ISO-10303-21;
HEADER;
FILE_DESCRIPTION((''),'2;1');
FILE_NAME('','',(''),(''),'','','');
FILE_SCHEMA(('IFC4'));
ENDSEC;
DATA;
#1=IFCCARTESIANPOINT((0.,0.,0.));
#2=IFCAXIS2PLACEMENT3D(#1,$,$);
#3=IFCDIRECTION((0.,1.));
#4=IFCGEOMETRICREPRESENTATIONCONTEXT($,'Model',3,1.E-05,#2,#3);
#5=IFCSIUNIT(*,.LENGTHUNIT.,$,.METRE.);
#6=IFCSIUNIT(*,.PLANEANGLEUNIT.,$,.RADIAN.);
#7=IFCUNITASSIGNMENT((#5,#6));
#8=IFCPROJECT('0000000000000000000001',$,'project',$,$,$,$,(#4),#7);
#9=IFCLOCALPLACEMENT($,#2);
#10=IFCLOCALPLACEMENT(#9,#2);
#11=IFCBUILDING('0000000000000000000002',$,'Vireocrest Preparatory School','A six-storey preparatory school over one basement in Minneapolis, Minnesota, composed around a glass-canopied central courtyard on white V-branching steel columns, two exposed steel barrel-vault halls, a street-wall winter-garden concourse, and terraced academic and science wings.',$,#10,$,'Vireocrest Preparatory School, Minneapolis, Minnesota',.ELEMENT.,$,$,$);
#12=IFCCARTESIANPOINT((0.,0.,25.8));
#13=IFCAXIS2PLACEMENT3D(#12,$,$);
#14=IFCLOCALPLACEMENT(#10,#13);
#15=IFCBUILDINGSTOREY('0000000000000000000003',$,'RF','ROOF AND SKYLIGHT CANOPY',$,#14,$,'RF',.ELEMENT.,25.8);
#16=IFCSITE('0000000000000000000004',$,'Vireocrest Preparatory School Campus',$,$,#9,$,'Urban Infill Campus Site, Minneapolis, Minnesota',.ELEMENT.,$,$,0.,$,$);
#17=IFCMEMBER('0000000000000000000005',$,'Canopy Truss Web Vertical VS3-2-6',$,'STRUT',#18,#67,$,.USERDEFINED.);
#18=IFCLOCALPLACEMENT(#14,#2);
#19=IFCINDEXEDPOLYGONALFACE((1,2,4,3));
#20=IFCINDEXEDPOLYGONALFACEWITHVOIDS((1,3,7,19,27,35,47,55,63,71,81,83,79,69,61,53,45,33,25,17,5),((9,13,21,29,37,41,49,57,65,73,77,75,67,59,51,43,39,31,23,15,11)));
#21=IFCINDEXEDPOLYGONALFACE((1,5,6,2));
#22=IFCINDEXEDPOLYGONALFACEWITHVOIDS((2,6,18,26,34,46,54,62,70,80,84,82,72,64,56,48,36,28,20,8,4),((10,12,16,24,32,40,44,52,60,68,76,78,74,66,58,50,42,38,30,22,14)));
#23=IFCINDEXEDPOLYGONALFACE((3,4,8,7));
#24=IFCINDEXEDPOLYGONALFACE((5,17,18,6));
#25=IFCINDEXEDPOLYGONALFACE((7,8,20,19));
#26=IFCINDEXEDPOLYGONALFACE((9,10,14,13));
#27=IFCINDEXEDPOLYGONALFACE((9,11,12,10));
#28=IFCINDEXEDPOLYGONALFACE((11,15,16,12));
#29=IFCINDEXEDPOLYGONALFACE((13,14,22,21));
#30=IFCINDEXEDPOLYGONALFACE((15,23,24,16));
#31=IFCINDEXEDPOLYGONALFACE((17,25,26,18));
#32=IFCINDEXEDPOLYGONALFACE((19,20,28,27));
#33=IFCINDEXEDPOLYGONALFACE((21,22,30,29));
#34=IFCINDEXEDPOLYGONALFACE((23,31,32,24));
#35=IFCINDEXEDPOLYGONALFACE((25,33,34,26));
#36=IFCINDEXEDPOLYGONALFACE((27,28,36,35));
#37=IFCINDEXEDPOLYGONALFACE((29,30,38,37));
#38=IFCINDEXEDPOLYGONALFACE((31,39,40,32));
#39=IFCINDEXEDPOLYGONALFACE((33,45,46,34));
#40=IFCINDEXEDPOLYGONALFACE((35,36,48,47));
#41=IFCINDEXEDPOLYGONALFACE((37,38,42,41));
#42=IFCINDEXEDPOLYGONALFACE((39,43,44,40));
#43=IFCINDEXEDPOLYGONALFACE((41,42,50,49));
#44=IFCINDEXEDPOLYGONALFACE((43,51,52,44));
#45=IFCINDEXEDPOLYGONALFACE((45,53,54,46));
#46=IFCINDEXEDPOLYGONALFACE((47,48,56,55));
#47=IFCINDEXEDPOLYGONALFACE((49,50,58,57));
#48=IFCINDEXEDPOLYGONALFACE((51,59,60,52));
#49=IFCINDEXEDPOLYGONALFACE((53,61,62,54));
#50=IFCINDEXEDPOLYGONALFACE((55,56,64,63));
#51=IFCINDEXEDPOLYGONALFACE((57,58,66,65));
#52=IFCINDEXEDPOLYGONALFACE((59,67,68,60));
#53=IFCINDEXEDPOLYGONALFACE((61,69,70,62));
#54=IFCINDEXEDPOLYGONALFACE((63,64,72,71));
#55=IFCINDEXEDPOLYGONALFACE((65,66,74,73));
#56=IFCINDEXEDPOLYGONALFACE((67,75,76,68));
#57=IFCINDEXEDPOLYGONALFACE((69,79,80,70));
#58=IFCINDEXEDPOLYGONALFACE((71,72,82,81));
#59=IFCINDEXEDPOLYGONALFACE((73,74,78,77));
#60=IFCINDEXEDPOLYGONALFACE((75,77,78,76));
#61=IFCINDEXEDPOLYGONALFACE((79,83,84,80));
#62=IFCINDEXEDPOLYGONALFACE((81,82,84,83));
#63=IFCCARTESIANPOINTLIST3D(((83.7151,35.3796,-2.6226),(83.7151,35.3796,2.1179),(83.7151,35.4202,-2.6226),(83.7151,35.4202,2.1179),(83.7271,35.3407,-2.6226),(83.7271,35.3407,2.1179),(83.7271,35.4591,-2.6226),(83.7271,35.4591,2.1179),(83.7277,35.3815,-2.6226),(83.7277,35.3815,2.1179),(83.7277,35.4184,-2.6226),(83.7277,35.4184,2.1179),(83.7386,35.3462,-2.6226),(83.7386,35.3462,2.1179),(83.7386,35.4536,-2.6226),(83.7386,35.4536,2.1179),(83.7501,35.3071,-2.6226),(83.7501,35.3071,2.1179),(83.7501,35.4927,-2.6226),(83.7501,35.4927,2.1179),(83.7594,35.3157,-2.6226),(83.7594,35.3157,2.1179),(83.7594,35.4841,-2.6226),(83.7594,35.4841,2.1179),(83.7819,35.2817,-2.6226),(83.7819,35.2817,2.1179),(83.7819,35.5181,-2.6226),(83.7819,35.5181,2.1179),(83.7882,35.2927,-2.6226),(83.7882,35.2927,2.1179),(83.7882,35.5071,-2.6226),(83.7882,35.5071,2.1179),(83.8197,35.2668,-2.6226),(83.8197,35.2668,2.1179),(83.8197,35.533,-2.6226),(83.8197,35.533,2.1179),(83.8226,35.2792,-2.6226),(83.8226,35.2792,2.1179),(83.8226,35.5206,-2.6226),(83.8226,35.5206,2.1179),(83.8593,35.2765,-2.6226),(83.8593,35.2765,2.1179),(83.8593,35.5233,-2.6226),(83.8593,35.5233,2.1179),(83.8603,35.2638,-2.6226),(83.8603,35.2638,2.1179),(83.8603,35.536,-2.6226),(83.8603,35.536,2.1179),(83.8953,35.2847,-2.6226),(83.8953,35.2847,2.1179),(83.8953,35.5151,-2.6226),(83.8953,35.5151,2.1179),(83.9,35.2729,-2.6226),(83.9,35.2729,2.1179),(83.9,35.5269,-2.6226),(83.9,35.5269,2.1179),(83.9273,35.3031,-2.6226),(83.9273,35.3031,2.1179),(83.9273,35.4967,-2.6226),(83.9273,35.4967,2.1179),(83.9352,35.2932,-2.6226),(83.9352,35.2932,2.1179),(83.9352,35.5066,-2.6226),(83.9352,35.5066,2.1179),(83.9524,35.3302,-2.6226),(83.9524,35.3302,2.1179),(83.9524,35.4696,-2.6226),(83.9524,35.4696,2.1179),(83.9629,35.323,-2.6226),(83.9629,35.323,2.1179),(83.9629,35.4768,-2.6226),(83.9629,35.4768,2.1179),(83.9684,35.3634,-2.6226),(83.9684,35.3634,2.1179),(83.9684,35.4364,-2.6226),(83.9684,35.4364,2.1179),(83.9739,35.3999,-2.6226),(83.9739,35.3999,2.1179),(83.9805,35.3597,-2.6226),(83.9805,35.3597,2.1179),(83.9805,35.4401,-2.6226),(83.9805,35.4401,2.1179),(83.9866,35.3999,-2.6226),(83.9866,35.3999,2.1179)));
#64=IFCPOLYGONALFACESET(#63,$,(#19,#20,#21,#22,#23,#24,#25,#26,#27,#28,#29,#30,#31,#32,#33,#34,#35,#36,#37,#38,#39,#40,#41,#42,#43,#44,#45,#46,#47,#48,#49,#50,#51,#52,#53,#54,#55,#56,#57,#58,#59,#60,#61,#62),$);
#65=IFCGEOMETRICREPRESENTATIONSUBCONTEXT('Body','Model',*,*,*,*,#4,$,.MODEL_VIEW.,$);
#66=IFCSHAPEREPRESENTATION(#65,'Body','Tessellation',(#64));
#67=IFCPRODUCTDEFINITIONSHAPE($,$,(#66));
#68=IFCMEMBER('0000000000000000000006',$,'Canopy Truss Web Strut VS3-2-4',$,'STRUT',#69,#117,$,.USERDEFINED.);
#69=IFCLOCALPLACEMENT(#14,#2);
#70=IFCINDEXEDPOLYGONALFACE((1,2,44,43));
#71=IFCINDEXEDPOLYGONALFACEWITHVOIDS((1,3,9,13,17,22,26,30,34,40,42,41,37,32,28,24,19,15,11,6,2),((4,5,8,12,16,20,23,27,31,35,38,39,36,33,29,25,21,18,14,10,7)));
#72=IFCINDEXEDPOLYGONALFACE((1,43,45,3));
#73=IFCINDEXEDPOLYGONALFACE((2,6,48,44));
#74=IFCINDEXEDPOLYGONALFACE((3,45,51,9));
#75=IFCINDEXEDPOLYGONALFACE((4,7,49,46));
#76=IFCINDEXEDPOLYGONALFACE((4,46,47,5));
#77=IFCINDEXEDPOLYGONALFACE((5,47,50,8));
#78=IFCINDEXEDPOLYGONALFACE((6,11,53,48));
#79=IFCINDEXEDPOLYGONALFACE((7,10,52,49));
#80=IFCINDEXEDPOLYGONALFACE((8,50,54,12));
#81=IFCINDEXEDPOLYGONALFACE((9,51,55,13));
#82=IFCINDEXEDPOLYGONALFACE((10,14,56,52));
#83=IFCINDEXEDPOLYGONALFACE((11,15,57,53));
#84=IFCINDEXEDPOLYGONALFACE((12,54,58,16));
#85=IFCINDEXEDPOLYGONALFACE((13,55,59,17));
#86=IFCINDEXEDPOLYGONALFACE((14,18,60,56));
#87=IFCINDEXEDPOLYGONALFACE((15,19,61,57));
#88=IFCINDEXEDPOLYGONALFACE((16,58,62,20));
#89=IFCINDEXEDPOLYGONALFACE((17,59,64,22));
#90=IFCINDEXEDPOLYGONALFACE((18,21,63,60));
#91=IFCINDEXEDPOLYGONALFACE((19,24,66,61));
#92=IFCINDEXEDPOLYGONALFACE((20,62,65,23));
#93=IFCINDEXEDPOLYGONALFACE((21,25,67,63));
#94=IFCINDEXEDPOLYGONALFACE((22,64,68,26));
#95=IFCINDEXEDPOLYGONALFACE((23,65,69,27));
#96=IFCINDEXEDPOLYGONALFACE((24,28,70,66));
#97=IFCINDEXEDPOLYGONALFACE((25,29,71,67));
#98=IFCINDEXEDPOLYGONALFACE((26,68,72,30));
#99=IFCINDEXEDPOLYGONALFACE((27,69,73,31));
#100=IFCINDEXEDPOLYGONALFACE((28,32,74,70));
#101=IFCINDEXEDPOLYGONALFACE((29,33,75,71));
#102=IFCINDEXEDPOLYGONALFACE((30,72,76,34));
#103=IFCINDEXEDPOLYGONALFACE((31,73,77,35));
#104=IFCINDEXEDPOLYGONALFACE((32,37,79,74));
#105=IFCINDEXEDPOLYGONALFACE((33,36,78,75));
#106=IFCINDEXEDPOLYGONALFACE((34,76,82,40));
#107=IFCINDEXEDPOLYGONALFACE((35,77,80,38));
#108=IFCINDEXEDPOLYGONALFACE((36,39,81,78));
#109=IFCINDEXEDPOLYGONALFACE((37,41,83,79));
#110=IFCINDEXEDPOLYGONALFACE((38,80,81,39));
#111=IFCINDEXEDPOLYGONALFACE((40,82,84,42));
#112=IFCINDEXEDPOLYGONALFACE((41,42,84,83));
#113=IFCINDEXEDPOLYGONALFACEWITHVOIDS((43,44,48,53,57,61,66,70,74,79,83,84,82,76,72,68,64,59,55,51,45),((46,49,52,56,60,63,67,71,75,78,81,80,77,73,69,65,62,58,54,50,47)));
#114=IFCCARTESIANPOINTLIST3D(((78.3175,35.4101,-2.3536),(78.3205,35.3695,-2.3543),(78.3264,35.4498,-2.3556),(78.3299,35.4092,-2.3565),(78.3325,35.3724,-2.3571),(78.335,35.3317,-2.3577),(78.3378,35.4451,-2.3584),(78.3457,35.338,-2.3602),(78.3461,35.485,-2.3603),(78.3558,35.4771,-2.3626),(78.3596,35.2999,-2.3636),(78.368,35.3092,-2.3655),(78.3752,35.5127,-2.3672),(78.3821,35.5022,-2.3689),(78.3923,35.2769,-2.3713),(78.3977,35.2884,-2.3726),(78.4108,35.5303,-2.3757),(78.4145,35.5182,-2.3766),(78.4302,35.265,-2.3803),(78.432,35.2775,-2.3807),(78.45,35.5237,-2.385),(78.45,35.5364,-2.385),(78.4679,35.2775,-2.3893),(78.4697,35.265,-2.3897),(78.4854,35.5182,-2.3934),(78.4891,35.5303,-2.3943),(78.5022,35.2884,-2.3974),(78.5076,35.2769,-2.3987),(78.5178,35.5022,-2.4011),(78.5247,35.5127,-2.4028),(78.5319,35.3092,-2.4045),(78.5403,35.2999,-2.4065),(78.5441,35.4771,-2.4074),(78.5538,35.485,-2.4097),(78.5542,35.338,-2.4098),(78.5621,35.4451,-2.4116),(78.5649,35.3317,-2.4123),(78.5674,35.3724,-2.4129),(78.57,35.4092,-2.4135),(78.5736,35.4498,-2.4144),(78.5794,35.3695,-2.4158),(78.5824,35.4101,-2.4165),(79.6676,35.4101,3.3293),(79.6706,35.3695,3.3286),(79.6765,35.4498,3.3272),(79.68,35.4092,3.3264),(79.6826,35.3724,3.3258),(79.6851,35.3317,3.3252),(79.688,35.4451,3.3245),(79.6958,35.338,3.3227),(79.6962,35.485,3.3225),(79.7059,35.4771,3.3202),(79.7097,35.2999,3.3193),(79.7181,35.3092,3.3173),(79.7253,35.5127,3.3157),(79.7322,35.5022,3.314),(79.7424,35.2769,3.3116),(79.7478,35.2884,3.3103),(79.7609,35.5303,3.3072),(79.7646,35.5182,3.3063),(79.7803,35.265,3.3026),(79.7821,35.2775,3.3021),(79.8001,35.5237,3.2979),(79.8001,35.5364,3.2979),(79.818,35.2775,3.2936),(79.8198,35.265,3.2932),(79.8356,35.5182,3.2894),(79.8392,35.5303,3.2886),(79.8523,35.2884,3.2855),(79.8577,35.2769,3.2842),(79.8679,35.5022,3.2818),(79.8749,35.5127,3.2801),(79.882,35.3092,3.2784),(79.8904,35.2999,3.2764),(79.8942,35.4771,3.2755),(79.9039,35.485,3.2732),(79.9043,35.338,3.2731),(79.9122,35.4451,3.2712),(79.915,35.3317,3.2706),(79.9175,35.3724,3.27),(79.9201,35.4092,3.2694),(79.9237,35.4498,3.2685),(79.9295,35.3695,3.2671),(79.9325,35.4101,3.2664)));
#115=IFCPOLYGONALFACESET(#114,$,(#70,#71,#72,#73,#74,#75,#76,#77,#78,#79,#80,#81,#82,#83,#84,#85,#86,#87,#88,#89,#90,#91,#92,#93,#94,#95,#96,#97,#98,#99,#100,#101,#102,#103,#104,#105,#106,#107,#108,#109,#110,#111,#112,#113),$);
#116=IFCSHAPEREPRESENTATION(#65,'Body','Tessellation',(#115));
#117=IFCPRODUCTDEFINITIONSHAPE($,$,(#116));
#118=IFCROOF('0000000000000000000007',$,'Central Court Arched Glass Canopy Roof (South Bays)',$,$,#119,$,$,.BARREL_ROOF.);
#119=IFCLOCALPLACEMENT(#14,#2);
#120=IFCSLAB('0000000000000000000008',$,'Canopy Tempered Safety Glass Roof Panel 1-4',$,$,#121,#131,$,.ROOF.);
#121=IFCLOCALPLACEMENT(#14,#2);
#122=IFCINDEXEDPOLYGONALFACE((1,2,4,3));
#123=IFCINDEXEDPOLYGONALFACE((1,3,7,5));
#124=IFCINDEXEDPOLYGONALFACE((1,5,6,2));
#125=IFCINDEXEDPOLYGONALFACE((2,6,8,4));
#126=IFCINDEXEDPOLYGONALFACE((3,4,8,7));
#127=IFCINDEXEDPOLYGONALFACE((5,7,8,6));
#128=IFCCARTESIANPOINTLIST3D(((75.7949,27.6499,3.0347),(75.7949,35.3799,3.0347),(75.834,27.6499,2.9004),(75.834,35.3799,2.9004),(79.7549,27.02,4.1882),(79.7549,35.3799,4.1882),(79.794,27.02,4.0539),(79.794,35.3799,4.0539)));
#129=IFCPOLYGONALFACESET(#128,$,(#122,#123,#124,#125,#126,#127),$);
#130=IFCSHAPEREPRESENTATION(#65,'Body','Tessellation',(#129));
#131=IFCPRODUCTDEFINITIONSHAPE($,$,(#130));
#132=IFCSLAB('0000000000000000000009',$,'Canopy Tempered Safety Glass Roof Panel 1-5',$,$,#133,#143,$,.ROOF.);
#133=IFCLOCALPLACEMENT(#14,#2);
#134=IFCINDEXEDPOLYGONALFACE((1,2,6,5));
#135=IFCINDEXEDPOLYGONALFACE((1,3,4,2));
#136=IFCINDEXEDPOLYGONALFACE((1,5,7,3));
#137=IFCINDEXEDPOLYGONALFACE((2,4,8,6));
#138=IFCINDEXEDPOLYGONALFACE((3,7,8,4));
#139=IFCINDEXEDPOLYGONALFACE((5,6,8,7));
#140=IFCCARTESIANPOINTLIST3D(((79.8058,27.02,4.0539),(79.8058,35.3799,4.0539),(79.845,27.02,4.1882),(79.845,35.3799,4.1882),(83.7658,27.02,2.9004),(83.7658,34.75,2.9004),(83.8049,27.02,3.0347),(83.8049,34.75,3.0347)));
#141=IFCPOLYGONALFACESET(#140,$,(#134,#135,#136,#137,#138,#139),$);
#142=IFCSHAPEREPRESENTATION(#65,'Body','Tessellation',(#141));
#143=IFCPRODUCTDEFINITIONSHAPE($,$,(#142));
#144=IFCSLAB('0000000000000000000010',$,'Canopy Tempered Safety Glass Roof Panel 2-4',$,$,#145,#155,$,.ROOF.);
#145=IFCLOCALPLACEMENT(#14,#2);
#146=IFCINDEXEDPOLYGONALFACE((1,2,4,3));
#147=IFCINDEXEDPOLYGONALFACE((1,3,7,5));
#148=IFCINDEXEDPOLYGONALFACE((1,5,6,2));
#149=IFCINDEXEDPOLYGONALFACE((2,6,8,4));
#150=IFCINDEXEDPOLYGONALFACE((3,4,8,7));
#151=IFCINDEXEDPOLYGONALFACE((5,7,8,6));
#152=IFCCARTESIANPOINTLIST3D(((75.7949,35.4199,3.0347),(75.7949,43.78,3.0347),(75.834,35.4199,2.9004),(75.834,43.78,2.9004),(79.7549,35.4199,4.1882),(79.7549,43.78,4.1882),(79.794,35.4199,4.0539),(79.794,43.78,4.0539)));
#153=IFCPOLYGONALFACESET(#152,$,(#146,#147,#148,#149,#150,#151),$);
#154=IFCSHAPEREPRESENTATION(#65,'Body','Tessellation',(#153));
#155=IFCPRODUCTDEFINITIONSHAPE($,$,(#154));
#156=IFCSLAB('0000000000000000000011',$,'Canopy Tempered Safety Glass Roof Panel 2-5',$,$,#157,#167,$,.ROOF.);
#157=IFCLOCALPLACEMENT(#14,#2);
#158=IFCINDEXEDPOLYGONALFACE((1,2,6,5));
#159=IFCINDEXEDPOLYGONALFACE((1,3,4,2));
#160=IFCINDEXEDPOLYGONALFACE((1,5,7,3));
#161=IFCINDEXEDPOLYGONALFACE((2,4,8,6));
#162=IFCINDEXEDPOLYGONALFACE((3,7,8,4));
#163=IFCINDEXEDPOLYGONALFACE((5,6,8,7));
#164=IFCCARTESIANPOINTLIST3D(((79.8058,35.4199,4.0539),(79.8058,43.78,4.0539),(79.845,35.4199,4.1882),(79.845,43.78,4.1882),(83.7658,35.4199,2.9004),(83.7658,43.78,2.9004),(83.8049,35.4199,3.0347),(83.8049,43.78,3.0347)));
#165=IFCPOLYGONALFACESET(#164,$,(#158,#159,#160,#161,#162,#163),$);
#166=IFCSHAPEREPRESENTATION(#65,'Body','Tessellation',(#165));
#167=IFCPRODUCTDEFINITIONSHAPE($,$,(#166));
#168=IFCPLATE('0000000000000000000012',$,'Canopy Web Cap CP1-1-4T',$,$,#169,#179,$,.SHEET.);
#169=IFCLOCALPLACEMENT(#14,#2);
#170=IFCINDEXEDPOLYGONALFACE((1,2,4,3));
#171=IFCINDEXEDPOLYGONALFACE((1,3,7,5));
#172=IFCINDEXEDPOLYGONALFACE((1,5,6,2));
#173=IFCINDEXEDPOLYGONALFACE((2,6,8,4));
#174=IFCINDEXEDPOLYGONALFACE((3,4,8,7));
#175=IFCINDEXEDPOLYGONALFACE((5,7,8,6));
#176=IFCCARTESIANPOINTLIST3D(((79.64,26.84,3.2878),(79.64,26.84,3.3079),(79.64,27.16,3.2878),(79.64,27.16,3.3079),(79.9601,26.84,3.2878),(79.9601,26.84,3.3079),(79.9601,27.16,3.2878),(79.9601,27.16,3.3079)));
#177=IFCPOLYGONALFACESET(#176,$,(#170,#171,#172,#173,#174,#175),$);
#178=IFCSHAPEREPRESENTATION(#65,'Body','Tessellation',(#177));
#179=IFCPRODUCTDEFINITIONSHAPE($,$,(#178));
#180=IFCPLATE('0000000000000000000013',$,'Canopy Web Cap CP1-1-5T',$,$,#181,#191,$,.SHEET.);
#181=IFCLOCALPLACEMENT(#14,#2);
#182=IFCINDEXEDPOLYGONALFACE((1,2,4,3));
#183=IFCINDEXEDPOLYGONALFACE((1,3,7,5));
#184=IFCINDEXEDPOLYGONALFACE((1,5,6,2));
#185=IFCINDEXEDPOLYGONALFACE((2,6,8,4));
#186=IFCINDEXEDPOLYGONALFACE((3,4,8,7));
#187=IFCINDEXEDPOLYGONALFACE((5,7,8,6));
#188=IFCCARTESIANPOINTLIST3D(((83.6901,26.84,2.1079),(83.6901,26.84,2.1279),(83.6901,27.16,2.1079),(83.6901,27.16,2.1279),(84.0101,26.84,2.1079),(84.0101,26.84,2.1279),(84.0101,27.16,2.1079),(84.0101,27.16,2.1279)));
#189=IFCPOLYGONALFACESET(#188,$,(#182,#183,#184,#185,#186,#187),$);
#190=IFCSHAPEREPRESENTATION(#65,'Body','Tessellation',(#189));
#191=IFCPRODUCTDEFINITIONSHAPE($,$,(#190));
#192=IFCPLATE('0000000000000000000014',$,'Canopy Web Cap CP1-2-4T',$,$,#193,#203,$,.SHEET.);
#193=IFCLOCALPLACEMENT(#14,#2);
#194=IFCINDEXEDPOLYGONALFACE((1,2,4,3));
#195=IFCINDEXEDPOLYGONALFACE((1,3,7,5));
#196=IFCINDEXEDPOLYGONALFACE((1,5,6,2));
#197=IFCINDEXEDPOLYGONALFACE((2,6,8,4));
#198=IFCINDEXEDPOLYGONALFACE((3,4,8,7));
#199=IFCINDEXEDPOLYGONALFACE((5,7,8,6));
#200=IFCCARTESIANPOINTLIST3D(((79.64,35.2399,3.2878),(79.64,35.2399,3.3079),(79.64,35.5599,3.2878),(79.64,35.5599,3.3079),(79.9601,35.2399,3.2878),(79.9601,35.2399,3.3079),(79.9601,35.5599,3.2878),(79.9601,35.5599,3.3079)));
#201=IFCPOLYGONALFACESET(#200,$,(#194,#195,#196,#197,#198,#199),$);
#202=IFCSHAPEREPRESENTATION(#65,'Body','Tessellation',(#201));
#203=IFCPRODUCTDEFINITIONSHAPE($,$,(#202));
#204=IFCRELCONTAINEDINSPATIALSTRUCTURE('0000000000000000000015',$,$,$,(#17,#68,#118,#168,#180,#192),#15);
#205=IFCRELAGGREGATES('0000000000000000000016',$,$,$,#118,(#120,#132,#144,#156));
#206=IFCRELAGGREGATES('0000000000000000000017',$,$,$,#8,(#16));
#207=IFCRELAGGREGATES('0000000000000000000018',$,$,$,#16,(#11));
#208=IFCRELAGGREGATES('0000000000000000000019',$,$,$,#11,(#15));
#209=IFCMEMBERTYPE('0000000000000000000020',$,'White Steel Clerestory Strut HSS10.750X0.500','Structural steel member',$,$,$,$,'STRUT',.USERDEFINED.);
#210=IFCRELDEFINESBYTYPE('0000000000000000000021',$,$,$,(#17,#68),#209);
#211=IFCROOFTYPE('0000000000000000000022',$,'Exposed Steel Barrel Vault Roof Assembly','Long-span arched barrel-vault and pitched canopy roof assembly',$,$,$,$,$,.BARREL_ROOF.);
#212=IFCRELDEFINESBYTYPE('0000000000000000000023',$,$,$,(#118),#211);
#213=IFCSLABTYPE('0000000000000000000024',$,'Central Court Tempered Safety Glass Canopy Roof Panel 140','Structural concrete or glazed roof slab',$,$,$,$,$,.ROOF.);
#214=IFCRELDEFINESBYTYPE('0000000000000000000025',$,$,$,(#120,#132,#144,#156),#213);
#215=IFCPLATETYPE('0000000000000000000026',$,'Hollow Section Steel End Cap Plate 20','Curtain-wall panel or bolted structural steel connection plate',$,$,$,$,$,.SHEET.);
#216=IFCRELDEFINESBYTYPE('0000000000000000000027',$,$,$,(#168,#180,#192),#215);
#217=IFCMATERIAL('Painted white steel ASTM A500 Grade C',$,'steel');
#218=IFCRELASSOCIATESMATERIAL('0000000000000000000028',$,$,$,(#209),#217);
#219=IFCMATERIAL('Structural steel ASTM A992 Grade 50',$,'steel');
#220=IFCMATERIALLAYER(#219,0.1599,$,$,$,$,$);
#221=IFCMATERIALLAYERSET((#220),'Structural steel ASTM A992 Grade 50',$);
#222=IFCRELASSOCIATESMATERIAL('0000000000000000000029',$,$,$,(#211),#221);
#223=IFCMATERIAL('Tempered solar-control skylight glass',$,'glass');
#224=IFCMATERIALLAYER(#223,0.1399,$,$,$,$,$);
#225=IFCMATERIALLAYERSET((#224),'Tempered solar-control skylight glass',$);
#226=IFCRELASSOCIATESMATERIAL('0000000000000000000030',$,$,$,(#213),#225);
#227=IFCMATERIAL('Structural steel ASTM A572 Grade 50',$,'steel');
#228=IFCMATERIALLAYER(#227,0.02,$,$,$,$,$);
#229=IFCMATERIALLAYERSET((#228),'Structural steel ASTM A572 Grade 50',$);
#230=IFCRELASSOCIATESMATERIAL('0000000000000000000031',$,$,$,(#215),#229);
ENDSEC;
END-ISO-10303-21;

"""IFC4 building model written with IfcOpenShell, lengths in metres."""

from ifc_helpers import new_model, si_unit, direction, frame, origin, origin_2d, place, context, subcontext, project, spatial, polyline, rectangle, hollow_circle, outline, extrude, material, layer, layer_set, material_profile, profile_set, type_object, element, aggregate, save


model = new_model("IFC4")

# Units and contexts
model_context = context("Model", 3, precision=1e-05, world=origin(), true_north=direction((0.0, 1.0)))
body_context = subcontext(model_context, "Body", "Model", "MODEL_VIEW")
ifc_project = project(units=[si_unit("LENGTHUNIT", "METRE"), si_unit("PLANEANGLEUNIT", "RADIAN")], contexts=[model_context])

# Site, building, storey
site_placement = place(None, origin())
site = spatial("IfcSite", under=ifc_project, at=site_placement, Name="Vireocrest Preparatory School Campus", LongName="Urban Infill Campus Site, Minneapolis, Minnesota", CompositionType="ELEMENT", RefElevation=0.0)
building_placement = place(site_placement, origin())
building = spatial("IfcBuilding", under=site, at=building_placement, Name="Vireocrest Preparatory School", Description="A six-storey preparatory school over one basement in Minneapolis, Minnesota, composed around a glass-canopied central courtyard on white V-branching steel columns, two exposed steel barrel-vault halls, a street-wall winter-garden concourse, and terraced academic and science wings.", LongName="Vireocrest Preparatory School, Minneapolis, Minnesota", CompositionType="ELEMENT")
storey_placement = place(building_placement, frame((0.0, 0.0, 25.8)))
storey = spatial("IfcBuildingStorey", under=building, at=storey_placement, Name="RF", Description="ROOF AND SKYLIGHT CANOPY", LongName="RF", CompositionType="ELEMENT", Elevation=25.8)

# Shared definitions
ifc_material_1 = material(Name="Painted white steel ASTM A500 Grade C", Category="steel")
ifc_material_2 = material(Name="Structural steel ASTM A992 Grade 50", Category="steel")

# Members
ifc_material_profile_1 = material_profile(ifc_material_1, hollow_circle(Radius=0.1365, WallThickness=0.0127, at=origin_2d()), Name="HSS10.750X0.500")
ifc_profile_set_1 = profile_set([ifc_material_profile_1], Name="Painted white steel ASTM A500 Grade C")
member_type_1 = type_object("IfcMemberType", Name="White Steel Clerestory Strut HSS10.750X0.500", Description="Structural steel member", ElementType="STRUT", PredefinedType="USERDEFINED", material=ifc_profile_set_1)
member_1_placement = place(storey_placement, frame((83.8501, 35.3999, -2.6226), z_axis=(0.0, 0.0, 1.0), x_axis=(1.0, 0.0, 0.0)))
element("IfcMember", 1, at=member_1_placement, inside=storey, type_object=member_type_1, Name="Canopy Truss Web Vertical VS3-2-6", ObjectType="STRUT", PredefinedType="USERDEFINED", context=body_context, shape_type="SweptSolid", body=[
    extrude(hollow_circle(Radius=0.1365, WallThickness=0.0127, at=origin_2d()), origin(), (0.0, 0.0, 1.0), 4.7405),
])
member_2_placement = place(storey_placement, frame((78.45, 35.3999, -2.385), z_axis=(0.23114, 0.0, 0.97292), x_axis=(0.0, 1.0, 0.0)))
element("IfcMember", 2, at=member_2_placement, inside=storey, type_object=member_type_1, Name="Canopy Truss Web Strut VS3-2-4", ObjectType="STRUT", PredefinedType="USERDEFINED", context=body_context, shape_type="SweptSolid", body=[
    extrude(hollow_circle(Radius=0.1365, WallThickness=0.0127, at=origin_2d()), origin(), (0.0, 0.0, 1.0), 5.8411),
])

# Roof, slabs
ifc_layer_1 = layer(ifc_material_2, 0.1599)
ifc_layer_set_1 = layer_set([ifc_layer_1], Name="Structural steel ASTM A992 Grade 50")
roof_type = type_object("IfcRoofType", Name="Exposed Steel Barrel Vault Roof Assembly", Description="Long-span arched barrel-vault and pitched canopy roof assembly", PredefinedType="BARREL_ROOF", material=ifc_layer_set_1)
roof_placement = place(storey_placement, origin())
roof = element("IfcRoof", 3, at=roof_placement, inside=storey, type_object=roof_type, Name="Central Court Arched Glass Canopy Roof (South Bays)", PredefinedType="BARREL_ROOF")
ifc_material_3 = material(Name="Tempered solar-control skylight glass", Category="glass")
ifc_layer_2 = layer(ifc_material_3, 0.1399)
ifc_layer_set_2 = layer_set([ifc_layer_2], Name="Tempered solar-control skylight glass")
slab_type = type_object("IfcSlabType", Name="Central Court Tempered Safety Glass Canopy Roof Panel 140", Description="Structural concrete or glazed roof slab", PredefinedType="ROOF", material=ifc_layer_set_2)
slab_1_placement = place(storey_placement, frame((75.7949, 27.6499, 3.0347), z_axis=(-0.279682, 0.0, 0.960093), x_axis=(0.949089, -0.150965, 0.276476)))
slab_1 = element("IfcSlab", 4, at=slab_1_placement, type_object=slab_type, Name="Canopy Tempered Safety Glass Roof Panel 1-4", PredefinedType="ROOF", context=body_context, shape_type="SweptSolid", body=[
    extrude(outline(polyline([(0.0, 0.0), (4.1724, 0.0), (2.9103, 8.2641), (-1.167, 7.6414), (0.0, 0.0)])), origin(), (0.0, 0.0, -1.0), 0.1399),
])
slab_2_placement = place(storey_placement, frame((79.845, 27.02, 4.1882), z_axis=(0.279682, 0.0, 0.960093), x_axis=(0.960093, 0.0, -0.279682)))
slab_2 = element("IfcSlab", 5, at=slab_2_placement, type_object=slab_type, Name="Canopy Tempered Safety Glass Roof Panel 1-5", PredefinedType="ROOF", context=body_context, shape_type="SweptSolid", body=[
    extrude(outline(polyline([(0.0, 0.0), (4.1246, 0.0), (4.1246, 7.73), (0.0, 8.3599), (0.0, 0.0)])), origin(), (0.0, 0.0, -1.0), 0.1399),
])
slab_3_placement = place(storey_placement, frame((75.7949, 35.4199, 3.0347), z_axis=(-0.279682, 0.0, 0.960093), x_axis=(0.960093, 0.0, 0.279682)))
slab_3 = element("IfcSlab", 6, at=slab_3_placement, type_object=slab_type, Name="Canopy Tempered Safety Glass Roof Panel 2-4", PredefinedType="ROOF", context=body_context, shape_type="SweptSolid", body=[
    extrude(outline(polyline([(0.0, 0.0), (4.1246, 0.0), (4.1246, 8.3601), (0.0, 8.3601), (0.0, 0.0)])), origin(), (0.0, 0.0, -1.0), 0.1399),
])
slab_4_placement = place(storey_placement, frame((79.845, 35.4199, 4.1882), z_axis=(0.279682, 0.0, 0.960093), x_axis=(0.960093, 0.0, -0.279682)))
slab_4 = element("IfcSlab", 7, at=slab_4_placement, type_object=slab_type, Name="Canopy Tempered Safety Glass Roof Panel 2-5", PredefinedType="ROOF", context=body_context, shape_type="SweptSolid", body=[
    extrude(outline(polyline([(0.0, 0.0), (4.1246, 0.0), (4.1246, 8.3601), (0.0, 8.3601), (0.0, 0.0)])), origin(), (0.0, 0.0, -1.0), 0.1399),
])
aggregate(roof, [slab_1, slab_2, slab_3, slab_4])

# Plates
ifc_material_4 = material(Name="Structural steel ASTM A572 Grade 50", Category="steel")
ifc_layer_3 = layer(ifc_material_4, 0.02)
ifc_layer_set_3 = layer_set([ifc_layer_3], Name="Structural steel ASTM A572 Grade 50")
plate_type = type_object("IfcPlateType", Name="Hollow Section Steel End Cap Plate 20", Description="Curtain-wall panel or bolted structural steel connection plate", PredefinedType="SHEET", material=ifc_layer_set_3)
for number, where, z_axis, x_axis, name in (
    (8, (79.8, 27.0, 3.2878), (0.0, 0.0, 1.0), (1.0, 0.0, 0.0), "Canopy Web Cap CP1-1-4T"),
    (9, (83.8501, 27.0, 2.1079), (0.0, 0.0, 1.0), (1.0, 0.0, 0.0), "Canopy Web Cap CP1-1-5T"),
    (10, (79.8, 35.3999, 3.2878), (0.0, 0.0, 1.0), (1.0, 0.0, 0.0), "Canopy Web Cap CP1-2-4T"),
):
    element("IfcPlate", number, at=place(storey_placement, frame(where, z_axis=z_axis, x_axis=x_axis)), inside=storey, type_object=plate_type, Name=name, PredefinedType="SHEET", context=body_context, shape_type="SweptSolid", body=[
        extrude(rectangle(XDim=0.3201, YDim=0.3201, at=origin_2d()), origin(), (0.0, 0.0, 1.0), 0.02),
    ])

save(model, "model.ifc")
